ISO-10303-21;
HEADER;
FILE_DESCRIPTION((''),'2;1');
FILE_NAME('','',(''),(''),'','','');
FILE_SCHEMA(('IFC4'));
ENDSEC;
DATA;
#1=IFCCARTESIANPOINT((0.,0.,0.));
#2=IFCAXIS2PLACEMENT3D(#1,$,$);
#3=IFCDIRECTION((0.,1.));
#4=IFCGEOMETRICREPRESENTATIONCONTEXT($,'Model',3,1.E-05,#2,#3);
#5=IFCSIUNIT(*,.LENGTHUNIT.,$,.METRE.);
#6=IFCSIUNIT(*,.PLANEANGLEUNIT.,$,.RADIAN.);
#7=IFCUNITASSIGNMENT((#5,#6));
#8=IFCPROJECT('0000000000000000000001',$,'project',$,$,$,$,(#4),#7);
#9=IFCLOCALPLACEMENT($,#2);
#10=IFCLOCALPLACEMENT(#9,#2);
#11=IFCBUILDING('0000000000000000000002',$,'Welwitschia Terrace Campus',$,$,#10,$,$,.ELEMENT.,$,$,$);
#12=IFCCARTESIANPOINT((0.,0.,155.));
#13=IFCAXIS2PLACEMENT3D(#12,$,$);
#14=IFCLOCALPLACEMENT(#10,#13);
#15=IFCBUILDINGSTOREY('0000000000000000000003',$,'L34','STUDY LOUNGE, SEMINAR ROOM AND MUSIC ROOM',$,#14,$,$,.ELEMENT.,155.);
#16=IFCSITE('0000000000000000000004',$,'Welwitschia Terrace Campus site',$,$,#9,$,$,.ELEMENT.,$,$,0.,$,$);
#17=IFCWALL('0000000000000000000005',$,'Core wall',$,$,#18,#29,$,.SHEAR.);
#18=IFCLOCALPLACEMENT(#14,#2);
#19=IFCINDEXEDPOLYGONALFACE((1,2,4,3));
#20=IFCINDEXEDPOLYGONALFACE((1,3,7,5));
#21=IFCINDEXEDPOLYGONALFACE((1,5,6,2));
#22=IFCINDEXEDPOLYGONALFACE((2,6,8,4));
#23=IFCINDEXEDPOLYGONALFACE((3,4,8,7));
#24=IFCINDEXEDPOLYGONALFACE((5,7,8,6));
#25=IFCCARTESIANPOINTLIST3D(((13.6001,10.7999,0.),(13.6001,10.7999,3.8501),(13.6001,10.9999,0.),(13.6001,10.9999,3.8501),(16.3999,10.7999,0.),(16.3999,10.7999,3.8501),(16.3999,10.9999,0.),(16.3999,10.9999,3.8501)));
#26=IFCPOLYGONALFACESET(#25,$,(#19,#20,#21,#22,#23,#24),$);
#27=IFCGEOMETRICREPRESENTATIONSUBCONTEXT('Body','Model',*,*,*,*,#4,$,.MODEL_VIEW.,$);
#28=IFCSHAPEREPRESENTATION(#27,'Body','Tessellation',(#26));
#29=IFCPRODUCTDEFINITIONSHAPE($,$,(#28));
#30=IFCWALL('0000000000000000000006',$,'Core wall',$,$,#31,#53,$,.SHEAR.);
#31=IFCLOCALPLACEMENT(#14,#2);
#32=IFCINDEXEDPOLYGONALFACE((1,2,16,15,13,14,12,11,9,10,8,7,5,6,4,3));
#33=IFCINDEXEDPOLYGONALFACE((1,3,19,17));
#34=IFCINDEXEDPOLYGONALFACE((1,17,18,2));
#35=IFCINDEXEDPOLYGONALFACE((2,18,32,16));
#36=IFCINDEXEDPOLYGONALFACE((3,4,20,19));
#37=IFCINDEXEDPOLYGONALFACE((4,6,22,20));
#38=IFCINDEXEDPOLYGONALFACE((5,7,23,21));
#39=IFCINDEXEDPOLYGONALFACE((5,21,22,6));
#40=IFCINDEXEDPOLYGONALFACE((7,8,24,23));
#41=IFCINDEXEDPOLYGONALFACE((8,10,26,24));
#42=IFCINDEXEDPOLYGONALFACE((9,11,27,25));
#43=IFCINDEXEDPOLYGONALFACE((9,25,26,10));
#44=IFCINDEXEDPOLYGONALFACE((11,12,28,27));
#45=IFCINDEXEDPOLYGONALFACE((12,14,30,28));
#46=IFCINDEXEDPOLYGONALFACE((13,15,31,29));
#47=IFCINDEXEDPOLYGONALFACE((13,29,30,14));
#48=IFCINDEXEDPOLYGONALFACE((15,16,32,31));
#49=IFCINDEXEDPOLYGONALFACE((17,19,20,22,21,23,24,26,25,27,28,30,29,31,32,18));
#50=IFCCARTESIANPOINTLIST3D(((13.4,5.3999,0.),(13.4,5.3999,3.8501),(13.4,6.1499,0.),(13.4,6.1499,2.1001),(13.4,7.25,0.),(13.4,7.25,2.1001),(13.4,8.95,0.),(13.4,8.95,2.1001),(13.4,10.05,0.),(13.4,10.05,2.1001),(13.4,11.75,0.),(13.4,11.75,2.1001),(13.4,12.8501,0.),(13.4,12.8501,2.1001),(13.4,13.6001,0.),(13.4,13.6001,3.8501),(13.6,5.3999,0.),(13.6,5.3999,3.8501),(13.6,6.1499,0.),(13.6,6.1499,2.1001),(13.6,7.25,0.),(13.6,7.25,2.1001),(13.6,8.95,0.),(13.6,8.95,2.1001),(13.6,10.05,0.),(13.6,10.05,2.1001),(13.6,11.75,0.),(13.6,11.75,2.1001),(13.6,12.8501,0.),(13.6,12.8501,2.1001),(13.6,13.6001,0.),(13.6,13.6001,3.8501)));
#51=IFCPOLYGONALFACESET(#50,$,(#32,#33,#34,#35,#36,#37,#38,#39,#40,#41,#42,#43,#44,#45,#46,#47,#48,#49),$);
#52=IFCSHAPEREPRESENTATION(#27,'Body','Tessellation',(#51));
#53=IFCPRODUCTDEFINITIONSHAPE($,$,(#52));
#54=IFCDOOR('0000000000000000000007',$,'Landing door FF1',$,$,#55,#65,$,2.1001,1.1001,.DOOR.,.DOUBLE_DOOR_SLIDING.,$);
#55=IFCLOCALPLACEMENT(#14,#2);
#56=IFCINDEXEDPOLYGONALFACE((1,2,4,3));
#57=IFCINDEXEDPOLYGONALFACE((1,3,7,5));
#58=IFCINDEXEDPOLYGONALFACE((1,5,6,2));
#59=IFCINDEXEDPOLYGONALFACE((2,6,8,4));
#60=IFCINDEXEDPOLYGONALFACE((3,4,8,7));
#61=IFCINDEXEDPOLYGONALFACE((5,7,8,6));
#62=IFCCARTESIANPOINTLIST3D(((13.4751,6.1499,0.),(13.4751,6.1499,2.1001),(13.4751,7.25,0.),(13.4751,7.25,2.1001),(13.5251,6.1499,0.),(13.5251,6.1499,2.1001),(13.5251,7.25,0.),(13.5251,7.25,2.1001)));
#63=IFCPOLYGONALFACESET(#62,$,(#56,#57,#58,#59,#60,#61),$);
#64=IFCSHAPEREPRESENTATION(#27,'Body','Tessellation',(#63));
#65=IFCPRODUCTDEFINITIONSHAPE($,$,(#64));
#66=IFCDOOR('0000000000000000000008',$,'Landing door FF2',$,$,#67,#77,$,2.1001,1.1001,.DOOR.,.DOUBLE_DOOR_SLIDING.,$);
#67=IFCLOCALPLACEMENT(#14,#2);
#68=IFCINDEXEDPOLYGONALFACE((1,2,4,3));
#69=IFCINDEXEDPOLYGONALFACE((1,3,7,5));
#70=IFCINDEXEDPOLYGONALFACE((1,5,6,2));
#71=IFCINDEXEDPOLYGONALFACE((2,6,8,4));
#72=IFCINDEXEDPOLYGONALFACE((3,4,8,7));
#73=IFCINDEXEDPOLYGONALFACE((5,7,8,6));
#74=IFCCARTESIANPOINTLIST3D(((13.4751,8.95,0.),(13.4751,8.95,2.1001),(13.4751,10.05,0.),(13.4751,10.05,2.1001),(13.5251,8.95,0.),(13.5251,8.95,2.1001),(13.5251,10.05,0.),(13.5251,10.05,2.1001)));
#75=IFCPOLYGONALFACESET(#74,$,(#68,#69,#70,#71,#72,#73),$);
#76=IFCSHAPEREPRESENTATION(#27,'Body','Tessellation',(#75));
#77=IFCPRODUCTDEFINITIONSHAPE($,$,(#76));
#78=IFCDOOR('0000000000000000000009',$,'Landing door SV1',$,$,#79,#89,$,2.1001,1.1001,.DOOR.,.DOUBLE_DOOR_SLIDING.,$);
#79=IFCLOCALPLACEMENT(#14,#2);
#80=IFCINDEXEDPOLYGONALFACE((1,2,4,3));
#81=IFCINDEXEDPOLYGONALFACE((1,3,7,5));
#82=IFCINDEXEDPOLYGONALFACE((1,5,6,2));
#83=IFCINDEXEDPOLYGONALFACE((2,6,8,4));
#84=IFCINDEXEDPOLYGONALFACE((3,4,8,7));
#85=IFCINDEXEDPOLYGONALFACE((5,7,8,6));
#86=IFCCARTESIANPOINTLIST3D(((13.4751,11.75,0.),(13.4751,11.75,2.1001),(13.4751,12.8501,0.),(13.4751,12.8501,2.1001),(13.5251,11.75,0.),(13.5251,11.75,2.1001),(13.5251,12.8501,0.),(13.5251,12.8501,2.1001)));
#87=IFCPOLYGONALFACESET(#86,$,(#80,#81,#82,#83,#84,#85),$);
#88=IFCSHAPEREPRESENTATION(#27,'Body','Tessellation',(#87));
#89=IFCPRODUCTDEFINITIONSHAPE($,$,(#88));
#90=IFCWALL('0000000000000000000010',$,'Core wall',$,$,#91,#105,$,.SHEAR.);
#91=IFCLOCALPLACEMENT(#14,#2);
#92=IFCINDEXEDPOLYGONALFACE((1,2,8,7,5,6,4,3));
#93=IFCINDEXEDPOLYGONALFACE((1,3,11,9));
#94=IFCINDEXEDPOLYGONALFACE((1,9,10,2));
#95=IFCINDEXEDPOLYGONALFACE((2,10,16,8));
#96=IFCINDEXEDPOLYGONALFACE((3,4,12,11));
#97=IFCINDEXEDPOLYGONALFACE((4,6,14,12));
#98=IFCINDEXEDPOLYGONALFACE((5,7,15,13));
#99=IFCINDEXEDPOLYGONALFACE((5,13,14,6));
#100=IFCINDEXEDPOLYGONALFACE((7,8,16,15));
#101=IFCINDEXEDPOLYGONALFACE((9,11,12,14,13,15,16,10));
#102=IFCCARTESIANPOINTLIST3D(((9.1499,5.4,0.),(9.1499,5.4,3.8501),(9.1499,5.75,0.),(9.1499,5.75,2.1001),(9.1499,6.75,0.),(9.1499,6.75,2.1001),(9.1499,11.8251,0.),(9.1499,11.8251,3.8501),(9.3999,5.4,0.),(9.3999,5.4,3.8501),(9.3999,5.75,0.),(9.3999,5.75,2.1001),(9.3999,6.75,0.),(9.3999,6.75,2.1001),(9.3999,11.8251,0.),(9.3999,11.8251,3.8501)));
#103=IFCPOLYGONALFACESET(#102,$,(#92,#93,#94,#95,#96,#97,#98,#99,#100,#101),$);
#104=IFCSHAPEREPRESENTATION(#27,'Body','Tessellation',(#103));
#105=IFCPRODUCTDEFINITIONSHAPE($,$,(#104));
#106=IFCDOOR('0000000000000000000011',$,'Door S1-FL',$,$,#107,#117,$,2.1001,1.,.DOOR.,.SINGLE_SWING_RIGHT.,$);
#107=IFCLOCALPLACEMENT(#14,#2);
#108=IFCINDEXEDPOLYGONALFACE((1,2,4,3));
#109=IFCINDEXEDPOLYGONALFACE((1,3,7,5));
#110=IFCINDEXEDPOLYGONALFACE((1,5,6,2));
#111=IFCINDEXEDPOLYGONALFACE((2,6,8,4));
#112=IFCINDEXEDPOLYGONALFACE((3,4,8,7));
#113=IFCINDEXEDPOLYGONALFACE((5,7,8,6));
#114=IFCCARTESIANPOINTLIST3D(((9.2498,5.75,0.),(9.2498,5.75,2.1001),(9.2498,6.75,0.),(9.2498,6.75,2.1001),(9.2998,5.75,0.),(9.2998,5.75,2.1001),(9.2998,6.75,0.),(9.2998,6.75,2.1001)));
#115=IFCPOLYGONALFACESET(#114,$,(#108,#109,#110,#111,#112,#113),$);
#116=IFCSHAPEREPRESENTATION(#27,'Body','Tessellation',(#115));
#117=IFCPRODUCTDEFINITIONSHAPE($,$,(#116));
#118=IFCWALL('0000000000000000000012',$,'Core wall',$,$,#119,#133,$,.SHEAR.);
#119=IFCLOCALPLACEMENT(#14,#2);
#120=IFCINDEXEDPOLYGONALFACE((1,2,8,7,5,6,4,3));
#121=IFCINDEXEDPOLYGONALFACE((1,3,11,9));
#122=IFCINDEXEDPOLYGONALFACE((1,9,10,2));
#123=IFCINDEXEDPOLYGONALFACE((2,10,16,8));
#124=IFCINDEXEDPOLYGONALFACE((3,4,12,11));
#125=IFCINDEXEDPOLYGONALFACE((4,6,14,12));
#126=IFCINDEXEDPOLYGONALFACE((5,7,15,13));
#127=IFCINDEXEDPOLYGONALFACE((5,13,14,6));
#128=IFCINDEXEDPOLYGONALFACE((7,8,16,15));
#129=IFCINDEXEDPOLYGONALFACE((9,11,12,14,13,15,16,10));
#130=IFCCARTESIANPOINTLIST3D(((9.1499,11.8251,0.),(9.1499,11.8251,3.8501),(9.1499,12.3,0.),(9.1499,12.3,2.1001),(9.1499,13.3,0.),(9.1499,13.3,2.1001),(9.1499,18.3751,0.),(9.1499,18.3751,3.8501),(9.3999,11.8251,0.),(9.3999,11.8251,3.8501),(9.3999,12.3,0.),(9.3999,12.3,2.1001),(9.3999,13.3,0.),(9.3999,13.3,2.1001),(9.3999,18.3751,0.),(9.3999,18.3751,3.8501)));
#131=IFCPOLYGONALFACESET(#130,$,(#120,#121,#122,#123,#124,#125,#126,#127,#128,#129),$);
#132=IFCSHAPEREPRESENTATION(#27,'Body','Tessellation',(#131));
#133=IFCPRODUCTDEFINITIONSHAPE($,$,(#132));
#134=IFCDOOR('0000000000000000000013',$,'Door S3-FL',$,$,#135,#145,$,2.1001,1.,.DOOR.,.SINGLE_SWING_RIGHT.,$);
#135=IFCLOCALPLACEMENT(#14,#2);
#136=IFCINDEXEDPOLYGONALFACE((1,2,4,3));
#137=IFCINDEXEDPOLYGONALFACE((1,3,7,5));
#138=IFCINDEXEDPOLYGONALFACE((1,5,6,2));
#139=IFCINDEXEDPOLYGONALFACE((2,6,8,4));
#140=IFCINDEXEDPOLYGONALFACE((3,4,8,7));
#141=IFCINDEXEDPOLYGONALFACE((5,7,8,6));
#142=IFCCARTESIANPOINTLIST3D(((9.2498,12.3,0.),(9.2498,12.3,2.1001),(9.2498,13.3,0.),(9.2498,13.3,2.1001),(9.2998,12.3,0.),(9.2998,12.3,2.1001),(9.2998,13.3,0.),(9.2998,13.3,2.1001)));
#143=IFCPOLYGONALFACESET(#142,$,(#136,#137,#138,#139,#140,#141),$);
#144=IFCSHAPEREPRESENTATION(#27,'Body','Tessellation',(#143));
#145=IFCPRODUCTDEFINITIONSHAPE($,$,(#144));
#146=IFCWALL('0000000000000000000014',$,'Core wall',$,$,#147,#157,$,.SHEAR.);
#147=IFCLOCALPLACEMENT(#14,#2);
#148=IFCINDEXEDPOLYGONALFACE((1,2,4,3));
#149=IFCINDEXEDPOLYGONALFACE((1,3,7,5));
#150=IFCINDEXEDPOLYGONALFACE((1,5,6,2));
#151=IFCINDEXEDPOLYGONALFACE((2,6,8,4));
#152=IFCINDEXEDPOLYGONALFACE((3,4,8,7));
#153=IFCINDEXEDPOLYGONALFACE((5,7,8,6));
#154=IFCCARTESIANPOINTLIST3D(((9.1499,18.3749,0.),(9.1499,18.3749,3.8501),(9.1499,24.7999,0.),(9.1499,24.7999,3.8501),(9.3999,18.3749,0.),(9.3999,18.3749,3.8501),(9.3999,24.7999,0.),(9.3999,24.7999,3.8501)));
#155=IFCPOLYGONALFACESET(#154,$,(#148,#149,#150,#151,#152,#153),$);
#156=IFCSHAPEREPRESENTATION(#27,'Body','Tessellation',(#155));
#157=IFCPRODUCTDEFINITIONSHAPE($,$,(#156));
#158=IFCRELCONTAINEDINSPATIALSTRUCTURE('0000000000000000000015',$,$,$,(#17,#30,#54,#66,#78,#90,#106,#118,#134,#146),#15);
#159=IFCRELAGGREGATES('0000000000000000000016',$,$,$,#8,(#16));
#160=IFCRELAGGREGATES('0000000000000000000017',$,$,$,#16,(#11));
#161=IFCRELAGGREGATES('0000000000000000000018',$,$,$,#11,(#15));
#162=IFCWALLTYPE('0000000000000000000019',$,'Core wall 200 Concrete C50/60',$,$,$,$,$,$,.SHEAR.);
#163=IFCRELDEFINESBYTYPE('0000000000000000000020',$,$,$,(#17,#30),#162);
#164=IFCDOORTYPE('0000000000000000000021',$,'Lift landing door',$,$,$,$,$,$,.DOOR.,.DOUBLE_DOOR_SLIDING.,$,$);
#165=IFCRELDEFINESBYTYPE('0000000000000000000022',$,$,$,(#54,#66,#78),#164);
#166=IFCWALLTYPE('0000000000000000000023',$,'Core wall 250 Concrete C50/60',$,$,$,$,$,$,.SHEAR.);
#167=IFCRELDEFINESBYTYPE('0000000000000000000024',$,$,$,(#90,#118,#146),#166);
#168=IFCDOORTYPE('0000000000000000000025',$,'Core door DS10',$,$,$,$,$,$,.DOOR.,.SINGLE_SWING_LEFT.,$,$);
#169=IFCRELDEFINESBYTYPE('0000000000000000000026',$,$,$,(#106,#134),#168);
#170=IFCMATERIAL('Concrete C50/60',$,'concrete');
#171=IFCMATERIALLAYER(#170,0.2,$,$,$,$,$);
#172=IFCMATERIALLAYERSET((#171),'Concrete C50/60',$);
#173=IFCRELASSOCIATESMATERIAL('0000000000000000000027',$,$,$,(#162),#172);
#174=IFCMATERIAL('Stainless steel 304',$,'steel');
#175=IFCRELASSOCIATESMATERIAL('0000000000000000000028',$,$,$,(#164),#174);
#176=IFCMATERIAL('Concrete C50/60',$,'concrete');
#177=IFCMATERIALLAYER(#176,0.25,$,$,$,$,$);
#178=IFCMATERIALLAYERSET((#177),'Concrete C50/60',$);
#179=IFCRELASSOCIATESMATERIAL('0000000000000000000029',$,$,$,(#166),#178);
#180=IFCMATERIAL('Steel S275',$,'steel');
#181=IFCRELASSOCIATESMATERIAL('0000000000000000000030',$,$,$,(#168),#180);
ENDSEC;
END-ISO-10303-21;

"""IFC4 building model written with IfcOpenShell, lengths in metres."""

from ifc_helpers import new_model, si_unit, direction, frame, frame_2d, origin, place, context, subcontext, project, spatial, rectangle, extrude, material, layer, layer_set, type_object, element, fill, save


model = new_model("IFC4")

# Units and contexts
model_context = context("Model", 3, precision=1e-05, world=origin(), true_north=direction((0.0, 1.0)))
body_context = subcontext(model_context, "Body", "Model", "MODEL_VIEW")
ifc_project = project(units=[si_unit("LENGTHUNIT", "METRE"), si_unit("PLANEANGLEUNIT", "RADIAN")], contexts=[model_context])

# Site, building, storey
site_placement = place(None, origin())
site = spatial("IfcSite", under=ifc_project, at=site_placement, Name="Welwitschia Terrace Campus site", CompositionType="ELEMENT", RefElevation=0.0)
building_placement = place(site_placement, origin())
building = spatial("IfcBuilding", under=site, at=building_placement, Name="Welwitschia Terrace Campus", CompositionType="ELEMENT")
storey_placement = place(building_placement, frame((0.0, 0.0, 155.0)))
storey = spatial("IfcBuildingStorey", under=building, at=storey_placement, Name="L34", Description="STUDY LOUNGE, SEMINAR ROOM AND MUSIC ROOM", CompositionType="ELEMENT", Elevation=155.0)

# Wall
ifc_material_1 = material(Name="Concrete C50/60", Category="concrete")
ifc_layer_1 = layer(ifc_material_1, 0.2)
ifc_layer_set_1 = layer_set([ifc_layer_1], Name="Concrete C50/60")
wall_type_1 = type_object("IfcWallType", Name="Core wall 200 Concrete C50/60", PredefinedType="SHEAR", material=ifc_layer_set_1)
for number, where, z_axis, x_axis, name in (
    (1, (13.6001, 10.8999, 0.0), (0.0, 0.0, 1.0), (1.0, 0.0, 0.0), "Core wall"),
):
    element("IfcWall", number, at=place(storey_placement, frame(where, z_axis=z_axis, x_axis=x_axis)), inside=storey, type_object=wall_type_1, Name=name, PredefinedType="SHEAR", context=body_context, shape_type="SweptSolid", body=[
        extrude(rectangle(XDim=2.7998, YDim=0.2, at=frame_2d((1.3999, 0.0))), origin(), (0.0, 0.0, 1.0), 3.8501),
    ])

# Wall, openings, doors
wall_1_placement = place(storey_placement, frame((13.5, 5.3999, 0.0), z_axis=(0.0, 0.0, 1.0), x_axis=(0.0, 1.0, 0.0)))
wall_1 = element("IfcWall", 2, at=wall_1_placement, inside=storey, type_object=wall_type_1, Name="Core wall", PredefinedType="SHEAR", context=body_context, shape_type="SweptSolid", body=[
    extrude(rectangle(XDim=8.2002, YDim=0.2, at=frame_2d((4.1001, 0.0))), origin(), (0.0, 0.0, 1.0), 3.8501),
])
opening_1_placement = place(wall_1_placement, frame((0.75, 0.0, 0.0)))
opening_1 = element("IfcOpeningElement", 3, at=opening_1_placement, cuts=wall_1, PredefinedType="OPENING", context=body_context, shape_type="SweptSolid", body=[
    extrude(rectangle(XDim=1.1001, YDim=2.1001, at=frame_2d((0.55, 1.05))), frame((0.0, 0.1099, 0.0), z_axis=(0.0, -1.0, 0.0), x_axis=(1.0, 0.0, 0.0)), (0.0, 0.0, 1.0), 0.22),
])
opening_2_placement = place(wall_1_placement, frame((3.55, 0.0, 0.0)))
opening_2 = element("IfcOpeningElement", 4, at=opening_2_placement, cuts=wall_1, PredefinedType="OPENING", context=body_context, shape_type="SweptSolid", body=[
    extrude(rectangle(XDim=1.1001, YDim=2.1001, at=frame_2d((0.55, 1.05))), frame((0.0, 0.1099, 0.0), z_axis=(0.0, -1.0, 0.0), x_axis=(1.0, 0.0, 0.0)), (0.0, 0.0, 1.0), 0.22),
])
opening_3_placement = place(wall_1_placement, frame((6.3501, 0.0, 0.0)))
opening_3 = element("IfcOpeningElement", 5, at=opening_3_placement, cuts=wall_1, PredefinedType="OPENING", context=body_context, shape_type="SweptSolid", body=[
    extrude(rectangle(XDim=1.1001, YDim=2.1001, at=frame_2d((0.55, 1.05))), frame((0.0, 0.1099, 0.0), z_axis=(0.0, -1.0, 0.0), x_axis=(1.0, 0.0, 0.0)), (0.0, 0.0, 1.0), 0.22),
])
ifc_material_2 = material(Name="Stainless steel 304", Category="steel")
door_type_1 = type_object("IfcDoorType", Name="Lift landing door", OperationType="DOUBLE_DOOR_SLIDING", PredefinedType="DOOR", material=ifc_material_2)
door_1_placement = place(opening_1_placement, origin())
door_1 = element("IfcDoor", 6, at=door_1_placement, inside=storey, type_object=door_type_1, Name="Landing door FF1", OperationType="DOUBLE_DOOR_SLIDING", OverallHeight=2.1001, OverallWidth=1.1001, PredefinedType="DOOR", context=body_context, shape_type="SweptSolid", body=[
    extrude(rectangle(XDim=1.1001, YDim=2.1001, at=frame_2d((0.55, 1.05))), frame((0.0, 0.0249, 0.0), z_axis=(0.0, -1.0, 0.0), x_axis=(1.0, 0.0, 0.0)), (0.0, 0.0, 1.0), 0.05),
])
fill(opening_1, door_1)
door_2_placement = place(opening_2_placement, origin())
door_2 = element("IfcDoor", 7, at=door_2_placement, inside=storey, type_object=door_type_1, Name="Landing door FF2", OperationType="DOUBLE_DOOR_SLIDING", OverallHeight=2.1001, OverallWidth=1.1001, PredefinedType="DOOR", context=body_context, shape_type="SweptSolid", body=[
    extrude(rectangle(XDim=1.1001, YDim=2.1001, at=frame_2d((0.55, 1.05))), frame((0.0, 0.0249, 0.0), z_axis=(0.0, -1.0, 0.0), x_axis=(1.0, 0.0, 0.0)), (0.0, 0.0, 1.0), 0.05),
])
fill(opening_2, door_2)
door_3_placement = place(opening_3_placement, origin())
door_3 = element("IfcDoor", 8, at=door_3_placement, inside=storey, type_object=door_type_1, Name="Landing door SV1", OperationType="DOUBLE_DOOR_SLIDING", OverallHeight=2.1001, OverallWidth=1.1001, PredefinedType="DOOR", context=body_context, shape_type="SweptSolid", body=[
    extrude(rectangle(XDim=1.1001, YDim=2.1001, at=frame_2d((0.55, 1.05))), frame((0.0, 0.0249, 0.0), z_axis=(0.0, -1.0, 0.0), x_axis=(1.0, 0.0, 0.0)), (0.0, 0.0, 1.0), 0.05),
])
fill(opening_3, door_3)

# Walls, openings, doors
ifc_material_3 = material(Name="Concrete C50/60", Category="concrete")
ifc_layer_2 = layer(ifc_material_3, 0.25)
ifc_layer_set_2 = layer_set([ifc_layer_2], Name="Concrete C50/60")
wall_type_2 = type_object("IfcWallType", Name="Core wall 250 Concrete C50/60", PredefinedType="SHEAR", material=ifc_layer_set_2)
wall_2_placement = place(storey_placement, frame((9.2749, 11.825, 0.0), z_axis=(0.0, 0.0, 1.0), x_axis=(0.0, -1.0, 0.0)))
wall_2 = element("IfcWall", 9, at=wall_2_placement, inside=storey, type_object=wall_type_2, Name="Core wall", PredefinedType="SHEAR", context=body_context, shape_type="SweptSolid", body=[
    extrude(rectangle(XDim=6.425, YDim=0.25, at=frame_2d((3.2124, 0.0))), origin(), (0.0, 0.0, 1.0), 3.8501),
])
opening_4_placement = place(wall_2_placement, frame((5.075, 0.0, 0.0)))
opening_4 = element("IfcOpeningElement", 10, at=opening_4_placement, cuts=wall_2, PredefinedType="OPENING", context=body_context, shape_type="SweptSolid", body=[
    extrude(rectangle(XDim=1.0, YDim=2.1001, at=frame_2d((0.5, 1.05))), frame((0.0, 0.135, 0.0), z_axis=(0.0, -1.0, 0.0), x_axis=(1.0, 0.0, 0.0)), (0.0, 0.0, 1.0), 0.27),
])
ifc_material_4 = material(Name="Steel S275", Category="steel")
door_type_2 = type_object("IfcDoorType", Name="Core door DS10", OperationType="SINGLE_SWING_LEFT", PredefinedType="DOOR", material=ifc_material_4)
door_4_placement = place(opening_4_placement, origin())
door_4 = element("IfcDoor", 11, at=door_4_placement, inside=storey, type_object=door_type_2, Name="Door S1-FL", OperationType="SINGLE_SWING_RIGHT", OverallHeight=2.1001, OverallWidth=1.0, PredefinedType="DOOR", context=body_context, shape_type="SweptSolid", body=[
    extrude(rectangle(XDim=1.0, YDim=2.1001, at=frame_2d((0.5, 1.05))), frame((0.0, 0.0249, 0.0), z_axis=(0.0, -1.0, 0.0), x_axis=(1.0, 0.0, 0.0)), (0.0, 0.0, 1.0), 0.05),
])
fill(opening_4, door_4)
wall_3_placement = place(storey_placement, frame((9.2749, 18.375, 0.0), z_axis=(0.0, 0.0, 1.0), x_axis=(0.0, -1.0, 0.0)))
wall_3 = element("IfcWall", 12, at=wall_3_placement, inside=storey, type_object=wall_type_2, Name="Core wall", PredefinedType="SHEAR", context=body_context, shape_type="SweptSolid", body=[
    extrude(rectangle(XDim=6.55, YDim=0.25, at=frame_2d((3.2749, 0.0))), origin(), (0.0, 0.0, 1.0), 3.8501),
])
opening_5_placement = place(wall_3_placement, frame((5.075, 0.0, 0.0)))
opening_5 = element("IfcOpeningElement", 13, at=opening_5_placement, cuts=wall_3, PredefinedType="OPENING", context=body_context, shape_type="SweptSolid", body=[
    extrude(rectangle(XDim=1.0, YDim=2.1001, at=frame_2d((0.5, 1.05))), frame((0.0, 0.135, 0.0), z_axis=(0.0, -1.0, 0.0), x_axis=(1.0, 0.0, 0.0)), (0.0, 0.0, 1.0), 0.27),
])
door_5_placement = place(opening_5_placement, origin())
door_5 = element("IfcDoor", 14, at=door_5_placement, inside=storey, type_object=door_type_2, Name="Door S3-FL", OperationType="SINGLE_SWING_RIGHT", OverallHeight=2.1001, OverallWidth=1.0, PredefinedType="DOOR", context=body_context, shape_type="SweptSolid", body=[
    extrude(rectangle(XDim=1.0, YDim=2.1001, at=frame_2d((0.5, 1.05))), frame((0.0, 0.0249, 0.0), z_axis=(0.0, -1.0, 0.0), x_axis=(1.0, 0.0, 0.0)), (0.0, 0.0, 1.0), 0.05),
])
fill(opening_5, door_5)

# Wall
wall_4_placement = place(storey_placement, frame((9.2749, 18.375, 0.0), z_axis=(0.0, 0.0, 1.0), x_axis=(0.0, 1.0, 0.0)))
element("IfcWall", 15, at=wall_4_placement, inside=storey, type_object=wall_type_2, Name="Core wall", PredefinedType="SHEAR", context=body_context, shape_type="SweptSolid", body=[
    extrude(rectangle(XDim=6.425, YDim=0.25, at=frame_2d((3.2124, 0.0))), origin(), (0.0, 0.0, 1.0), 3.8501),
])

save(model, "model.ifc")
